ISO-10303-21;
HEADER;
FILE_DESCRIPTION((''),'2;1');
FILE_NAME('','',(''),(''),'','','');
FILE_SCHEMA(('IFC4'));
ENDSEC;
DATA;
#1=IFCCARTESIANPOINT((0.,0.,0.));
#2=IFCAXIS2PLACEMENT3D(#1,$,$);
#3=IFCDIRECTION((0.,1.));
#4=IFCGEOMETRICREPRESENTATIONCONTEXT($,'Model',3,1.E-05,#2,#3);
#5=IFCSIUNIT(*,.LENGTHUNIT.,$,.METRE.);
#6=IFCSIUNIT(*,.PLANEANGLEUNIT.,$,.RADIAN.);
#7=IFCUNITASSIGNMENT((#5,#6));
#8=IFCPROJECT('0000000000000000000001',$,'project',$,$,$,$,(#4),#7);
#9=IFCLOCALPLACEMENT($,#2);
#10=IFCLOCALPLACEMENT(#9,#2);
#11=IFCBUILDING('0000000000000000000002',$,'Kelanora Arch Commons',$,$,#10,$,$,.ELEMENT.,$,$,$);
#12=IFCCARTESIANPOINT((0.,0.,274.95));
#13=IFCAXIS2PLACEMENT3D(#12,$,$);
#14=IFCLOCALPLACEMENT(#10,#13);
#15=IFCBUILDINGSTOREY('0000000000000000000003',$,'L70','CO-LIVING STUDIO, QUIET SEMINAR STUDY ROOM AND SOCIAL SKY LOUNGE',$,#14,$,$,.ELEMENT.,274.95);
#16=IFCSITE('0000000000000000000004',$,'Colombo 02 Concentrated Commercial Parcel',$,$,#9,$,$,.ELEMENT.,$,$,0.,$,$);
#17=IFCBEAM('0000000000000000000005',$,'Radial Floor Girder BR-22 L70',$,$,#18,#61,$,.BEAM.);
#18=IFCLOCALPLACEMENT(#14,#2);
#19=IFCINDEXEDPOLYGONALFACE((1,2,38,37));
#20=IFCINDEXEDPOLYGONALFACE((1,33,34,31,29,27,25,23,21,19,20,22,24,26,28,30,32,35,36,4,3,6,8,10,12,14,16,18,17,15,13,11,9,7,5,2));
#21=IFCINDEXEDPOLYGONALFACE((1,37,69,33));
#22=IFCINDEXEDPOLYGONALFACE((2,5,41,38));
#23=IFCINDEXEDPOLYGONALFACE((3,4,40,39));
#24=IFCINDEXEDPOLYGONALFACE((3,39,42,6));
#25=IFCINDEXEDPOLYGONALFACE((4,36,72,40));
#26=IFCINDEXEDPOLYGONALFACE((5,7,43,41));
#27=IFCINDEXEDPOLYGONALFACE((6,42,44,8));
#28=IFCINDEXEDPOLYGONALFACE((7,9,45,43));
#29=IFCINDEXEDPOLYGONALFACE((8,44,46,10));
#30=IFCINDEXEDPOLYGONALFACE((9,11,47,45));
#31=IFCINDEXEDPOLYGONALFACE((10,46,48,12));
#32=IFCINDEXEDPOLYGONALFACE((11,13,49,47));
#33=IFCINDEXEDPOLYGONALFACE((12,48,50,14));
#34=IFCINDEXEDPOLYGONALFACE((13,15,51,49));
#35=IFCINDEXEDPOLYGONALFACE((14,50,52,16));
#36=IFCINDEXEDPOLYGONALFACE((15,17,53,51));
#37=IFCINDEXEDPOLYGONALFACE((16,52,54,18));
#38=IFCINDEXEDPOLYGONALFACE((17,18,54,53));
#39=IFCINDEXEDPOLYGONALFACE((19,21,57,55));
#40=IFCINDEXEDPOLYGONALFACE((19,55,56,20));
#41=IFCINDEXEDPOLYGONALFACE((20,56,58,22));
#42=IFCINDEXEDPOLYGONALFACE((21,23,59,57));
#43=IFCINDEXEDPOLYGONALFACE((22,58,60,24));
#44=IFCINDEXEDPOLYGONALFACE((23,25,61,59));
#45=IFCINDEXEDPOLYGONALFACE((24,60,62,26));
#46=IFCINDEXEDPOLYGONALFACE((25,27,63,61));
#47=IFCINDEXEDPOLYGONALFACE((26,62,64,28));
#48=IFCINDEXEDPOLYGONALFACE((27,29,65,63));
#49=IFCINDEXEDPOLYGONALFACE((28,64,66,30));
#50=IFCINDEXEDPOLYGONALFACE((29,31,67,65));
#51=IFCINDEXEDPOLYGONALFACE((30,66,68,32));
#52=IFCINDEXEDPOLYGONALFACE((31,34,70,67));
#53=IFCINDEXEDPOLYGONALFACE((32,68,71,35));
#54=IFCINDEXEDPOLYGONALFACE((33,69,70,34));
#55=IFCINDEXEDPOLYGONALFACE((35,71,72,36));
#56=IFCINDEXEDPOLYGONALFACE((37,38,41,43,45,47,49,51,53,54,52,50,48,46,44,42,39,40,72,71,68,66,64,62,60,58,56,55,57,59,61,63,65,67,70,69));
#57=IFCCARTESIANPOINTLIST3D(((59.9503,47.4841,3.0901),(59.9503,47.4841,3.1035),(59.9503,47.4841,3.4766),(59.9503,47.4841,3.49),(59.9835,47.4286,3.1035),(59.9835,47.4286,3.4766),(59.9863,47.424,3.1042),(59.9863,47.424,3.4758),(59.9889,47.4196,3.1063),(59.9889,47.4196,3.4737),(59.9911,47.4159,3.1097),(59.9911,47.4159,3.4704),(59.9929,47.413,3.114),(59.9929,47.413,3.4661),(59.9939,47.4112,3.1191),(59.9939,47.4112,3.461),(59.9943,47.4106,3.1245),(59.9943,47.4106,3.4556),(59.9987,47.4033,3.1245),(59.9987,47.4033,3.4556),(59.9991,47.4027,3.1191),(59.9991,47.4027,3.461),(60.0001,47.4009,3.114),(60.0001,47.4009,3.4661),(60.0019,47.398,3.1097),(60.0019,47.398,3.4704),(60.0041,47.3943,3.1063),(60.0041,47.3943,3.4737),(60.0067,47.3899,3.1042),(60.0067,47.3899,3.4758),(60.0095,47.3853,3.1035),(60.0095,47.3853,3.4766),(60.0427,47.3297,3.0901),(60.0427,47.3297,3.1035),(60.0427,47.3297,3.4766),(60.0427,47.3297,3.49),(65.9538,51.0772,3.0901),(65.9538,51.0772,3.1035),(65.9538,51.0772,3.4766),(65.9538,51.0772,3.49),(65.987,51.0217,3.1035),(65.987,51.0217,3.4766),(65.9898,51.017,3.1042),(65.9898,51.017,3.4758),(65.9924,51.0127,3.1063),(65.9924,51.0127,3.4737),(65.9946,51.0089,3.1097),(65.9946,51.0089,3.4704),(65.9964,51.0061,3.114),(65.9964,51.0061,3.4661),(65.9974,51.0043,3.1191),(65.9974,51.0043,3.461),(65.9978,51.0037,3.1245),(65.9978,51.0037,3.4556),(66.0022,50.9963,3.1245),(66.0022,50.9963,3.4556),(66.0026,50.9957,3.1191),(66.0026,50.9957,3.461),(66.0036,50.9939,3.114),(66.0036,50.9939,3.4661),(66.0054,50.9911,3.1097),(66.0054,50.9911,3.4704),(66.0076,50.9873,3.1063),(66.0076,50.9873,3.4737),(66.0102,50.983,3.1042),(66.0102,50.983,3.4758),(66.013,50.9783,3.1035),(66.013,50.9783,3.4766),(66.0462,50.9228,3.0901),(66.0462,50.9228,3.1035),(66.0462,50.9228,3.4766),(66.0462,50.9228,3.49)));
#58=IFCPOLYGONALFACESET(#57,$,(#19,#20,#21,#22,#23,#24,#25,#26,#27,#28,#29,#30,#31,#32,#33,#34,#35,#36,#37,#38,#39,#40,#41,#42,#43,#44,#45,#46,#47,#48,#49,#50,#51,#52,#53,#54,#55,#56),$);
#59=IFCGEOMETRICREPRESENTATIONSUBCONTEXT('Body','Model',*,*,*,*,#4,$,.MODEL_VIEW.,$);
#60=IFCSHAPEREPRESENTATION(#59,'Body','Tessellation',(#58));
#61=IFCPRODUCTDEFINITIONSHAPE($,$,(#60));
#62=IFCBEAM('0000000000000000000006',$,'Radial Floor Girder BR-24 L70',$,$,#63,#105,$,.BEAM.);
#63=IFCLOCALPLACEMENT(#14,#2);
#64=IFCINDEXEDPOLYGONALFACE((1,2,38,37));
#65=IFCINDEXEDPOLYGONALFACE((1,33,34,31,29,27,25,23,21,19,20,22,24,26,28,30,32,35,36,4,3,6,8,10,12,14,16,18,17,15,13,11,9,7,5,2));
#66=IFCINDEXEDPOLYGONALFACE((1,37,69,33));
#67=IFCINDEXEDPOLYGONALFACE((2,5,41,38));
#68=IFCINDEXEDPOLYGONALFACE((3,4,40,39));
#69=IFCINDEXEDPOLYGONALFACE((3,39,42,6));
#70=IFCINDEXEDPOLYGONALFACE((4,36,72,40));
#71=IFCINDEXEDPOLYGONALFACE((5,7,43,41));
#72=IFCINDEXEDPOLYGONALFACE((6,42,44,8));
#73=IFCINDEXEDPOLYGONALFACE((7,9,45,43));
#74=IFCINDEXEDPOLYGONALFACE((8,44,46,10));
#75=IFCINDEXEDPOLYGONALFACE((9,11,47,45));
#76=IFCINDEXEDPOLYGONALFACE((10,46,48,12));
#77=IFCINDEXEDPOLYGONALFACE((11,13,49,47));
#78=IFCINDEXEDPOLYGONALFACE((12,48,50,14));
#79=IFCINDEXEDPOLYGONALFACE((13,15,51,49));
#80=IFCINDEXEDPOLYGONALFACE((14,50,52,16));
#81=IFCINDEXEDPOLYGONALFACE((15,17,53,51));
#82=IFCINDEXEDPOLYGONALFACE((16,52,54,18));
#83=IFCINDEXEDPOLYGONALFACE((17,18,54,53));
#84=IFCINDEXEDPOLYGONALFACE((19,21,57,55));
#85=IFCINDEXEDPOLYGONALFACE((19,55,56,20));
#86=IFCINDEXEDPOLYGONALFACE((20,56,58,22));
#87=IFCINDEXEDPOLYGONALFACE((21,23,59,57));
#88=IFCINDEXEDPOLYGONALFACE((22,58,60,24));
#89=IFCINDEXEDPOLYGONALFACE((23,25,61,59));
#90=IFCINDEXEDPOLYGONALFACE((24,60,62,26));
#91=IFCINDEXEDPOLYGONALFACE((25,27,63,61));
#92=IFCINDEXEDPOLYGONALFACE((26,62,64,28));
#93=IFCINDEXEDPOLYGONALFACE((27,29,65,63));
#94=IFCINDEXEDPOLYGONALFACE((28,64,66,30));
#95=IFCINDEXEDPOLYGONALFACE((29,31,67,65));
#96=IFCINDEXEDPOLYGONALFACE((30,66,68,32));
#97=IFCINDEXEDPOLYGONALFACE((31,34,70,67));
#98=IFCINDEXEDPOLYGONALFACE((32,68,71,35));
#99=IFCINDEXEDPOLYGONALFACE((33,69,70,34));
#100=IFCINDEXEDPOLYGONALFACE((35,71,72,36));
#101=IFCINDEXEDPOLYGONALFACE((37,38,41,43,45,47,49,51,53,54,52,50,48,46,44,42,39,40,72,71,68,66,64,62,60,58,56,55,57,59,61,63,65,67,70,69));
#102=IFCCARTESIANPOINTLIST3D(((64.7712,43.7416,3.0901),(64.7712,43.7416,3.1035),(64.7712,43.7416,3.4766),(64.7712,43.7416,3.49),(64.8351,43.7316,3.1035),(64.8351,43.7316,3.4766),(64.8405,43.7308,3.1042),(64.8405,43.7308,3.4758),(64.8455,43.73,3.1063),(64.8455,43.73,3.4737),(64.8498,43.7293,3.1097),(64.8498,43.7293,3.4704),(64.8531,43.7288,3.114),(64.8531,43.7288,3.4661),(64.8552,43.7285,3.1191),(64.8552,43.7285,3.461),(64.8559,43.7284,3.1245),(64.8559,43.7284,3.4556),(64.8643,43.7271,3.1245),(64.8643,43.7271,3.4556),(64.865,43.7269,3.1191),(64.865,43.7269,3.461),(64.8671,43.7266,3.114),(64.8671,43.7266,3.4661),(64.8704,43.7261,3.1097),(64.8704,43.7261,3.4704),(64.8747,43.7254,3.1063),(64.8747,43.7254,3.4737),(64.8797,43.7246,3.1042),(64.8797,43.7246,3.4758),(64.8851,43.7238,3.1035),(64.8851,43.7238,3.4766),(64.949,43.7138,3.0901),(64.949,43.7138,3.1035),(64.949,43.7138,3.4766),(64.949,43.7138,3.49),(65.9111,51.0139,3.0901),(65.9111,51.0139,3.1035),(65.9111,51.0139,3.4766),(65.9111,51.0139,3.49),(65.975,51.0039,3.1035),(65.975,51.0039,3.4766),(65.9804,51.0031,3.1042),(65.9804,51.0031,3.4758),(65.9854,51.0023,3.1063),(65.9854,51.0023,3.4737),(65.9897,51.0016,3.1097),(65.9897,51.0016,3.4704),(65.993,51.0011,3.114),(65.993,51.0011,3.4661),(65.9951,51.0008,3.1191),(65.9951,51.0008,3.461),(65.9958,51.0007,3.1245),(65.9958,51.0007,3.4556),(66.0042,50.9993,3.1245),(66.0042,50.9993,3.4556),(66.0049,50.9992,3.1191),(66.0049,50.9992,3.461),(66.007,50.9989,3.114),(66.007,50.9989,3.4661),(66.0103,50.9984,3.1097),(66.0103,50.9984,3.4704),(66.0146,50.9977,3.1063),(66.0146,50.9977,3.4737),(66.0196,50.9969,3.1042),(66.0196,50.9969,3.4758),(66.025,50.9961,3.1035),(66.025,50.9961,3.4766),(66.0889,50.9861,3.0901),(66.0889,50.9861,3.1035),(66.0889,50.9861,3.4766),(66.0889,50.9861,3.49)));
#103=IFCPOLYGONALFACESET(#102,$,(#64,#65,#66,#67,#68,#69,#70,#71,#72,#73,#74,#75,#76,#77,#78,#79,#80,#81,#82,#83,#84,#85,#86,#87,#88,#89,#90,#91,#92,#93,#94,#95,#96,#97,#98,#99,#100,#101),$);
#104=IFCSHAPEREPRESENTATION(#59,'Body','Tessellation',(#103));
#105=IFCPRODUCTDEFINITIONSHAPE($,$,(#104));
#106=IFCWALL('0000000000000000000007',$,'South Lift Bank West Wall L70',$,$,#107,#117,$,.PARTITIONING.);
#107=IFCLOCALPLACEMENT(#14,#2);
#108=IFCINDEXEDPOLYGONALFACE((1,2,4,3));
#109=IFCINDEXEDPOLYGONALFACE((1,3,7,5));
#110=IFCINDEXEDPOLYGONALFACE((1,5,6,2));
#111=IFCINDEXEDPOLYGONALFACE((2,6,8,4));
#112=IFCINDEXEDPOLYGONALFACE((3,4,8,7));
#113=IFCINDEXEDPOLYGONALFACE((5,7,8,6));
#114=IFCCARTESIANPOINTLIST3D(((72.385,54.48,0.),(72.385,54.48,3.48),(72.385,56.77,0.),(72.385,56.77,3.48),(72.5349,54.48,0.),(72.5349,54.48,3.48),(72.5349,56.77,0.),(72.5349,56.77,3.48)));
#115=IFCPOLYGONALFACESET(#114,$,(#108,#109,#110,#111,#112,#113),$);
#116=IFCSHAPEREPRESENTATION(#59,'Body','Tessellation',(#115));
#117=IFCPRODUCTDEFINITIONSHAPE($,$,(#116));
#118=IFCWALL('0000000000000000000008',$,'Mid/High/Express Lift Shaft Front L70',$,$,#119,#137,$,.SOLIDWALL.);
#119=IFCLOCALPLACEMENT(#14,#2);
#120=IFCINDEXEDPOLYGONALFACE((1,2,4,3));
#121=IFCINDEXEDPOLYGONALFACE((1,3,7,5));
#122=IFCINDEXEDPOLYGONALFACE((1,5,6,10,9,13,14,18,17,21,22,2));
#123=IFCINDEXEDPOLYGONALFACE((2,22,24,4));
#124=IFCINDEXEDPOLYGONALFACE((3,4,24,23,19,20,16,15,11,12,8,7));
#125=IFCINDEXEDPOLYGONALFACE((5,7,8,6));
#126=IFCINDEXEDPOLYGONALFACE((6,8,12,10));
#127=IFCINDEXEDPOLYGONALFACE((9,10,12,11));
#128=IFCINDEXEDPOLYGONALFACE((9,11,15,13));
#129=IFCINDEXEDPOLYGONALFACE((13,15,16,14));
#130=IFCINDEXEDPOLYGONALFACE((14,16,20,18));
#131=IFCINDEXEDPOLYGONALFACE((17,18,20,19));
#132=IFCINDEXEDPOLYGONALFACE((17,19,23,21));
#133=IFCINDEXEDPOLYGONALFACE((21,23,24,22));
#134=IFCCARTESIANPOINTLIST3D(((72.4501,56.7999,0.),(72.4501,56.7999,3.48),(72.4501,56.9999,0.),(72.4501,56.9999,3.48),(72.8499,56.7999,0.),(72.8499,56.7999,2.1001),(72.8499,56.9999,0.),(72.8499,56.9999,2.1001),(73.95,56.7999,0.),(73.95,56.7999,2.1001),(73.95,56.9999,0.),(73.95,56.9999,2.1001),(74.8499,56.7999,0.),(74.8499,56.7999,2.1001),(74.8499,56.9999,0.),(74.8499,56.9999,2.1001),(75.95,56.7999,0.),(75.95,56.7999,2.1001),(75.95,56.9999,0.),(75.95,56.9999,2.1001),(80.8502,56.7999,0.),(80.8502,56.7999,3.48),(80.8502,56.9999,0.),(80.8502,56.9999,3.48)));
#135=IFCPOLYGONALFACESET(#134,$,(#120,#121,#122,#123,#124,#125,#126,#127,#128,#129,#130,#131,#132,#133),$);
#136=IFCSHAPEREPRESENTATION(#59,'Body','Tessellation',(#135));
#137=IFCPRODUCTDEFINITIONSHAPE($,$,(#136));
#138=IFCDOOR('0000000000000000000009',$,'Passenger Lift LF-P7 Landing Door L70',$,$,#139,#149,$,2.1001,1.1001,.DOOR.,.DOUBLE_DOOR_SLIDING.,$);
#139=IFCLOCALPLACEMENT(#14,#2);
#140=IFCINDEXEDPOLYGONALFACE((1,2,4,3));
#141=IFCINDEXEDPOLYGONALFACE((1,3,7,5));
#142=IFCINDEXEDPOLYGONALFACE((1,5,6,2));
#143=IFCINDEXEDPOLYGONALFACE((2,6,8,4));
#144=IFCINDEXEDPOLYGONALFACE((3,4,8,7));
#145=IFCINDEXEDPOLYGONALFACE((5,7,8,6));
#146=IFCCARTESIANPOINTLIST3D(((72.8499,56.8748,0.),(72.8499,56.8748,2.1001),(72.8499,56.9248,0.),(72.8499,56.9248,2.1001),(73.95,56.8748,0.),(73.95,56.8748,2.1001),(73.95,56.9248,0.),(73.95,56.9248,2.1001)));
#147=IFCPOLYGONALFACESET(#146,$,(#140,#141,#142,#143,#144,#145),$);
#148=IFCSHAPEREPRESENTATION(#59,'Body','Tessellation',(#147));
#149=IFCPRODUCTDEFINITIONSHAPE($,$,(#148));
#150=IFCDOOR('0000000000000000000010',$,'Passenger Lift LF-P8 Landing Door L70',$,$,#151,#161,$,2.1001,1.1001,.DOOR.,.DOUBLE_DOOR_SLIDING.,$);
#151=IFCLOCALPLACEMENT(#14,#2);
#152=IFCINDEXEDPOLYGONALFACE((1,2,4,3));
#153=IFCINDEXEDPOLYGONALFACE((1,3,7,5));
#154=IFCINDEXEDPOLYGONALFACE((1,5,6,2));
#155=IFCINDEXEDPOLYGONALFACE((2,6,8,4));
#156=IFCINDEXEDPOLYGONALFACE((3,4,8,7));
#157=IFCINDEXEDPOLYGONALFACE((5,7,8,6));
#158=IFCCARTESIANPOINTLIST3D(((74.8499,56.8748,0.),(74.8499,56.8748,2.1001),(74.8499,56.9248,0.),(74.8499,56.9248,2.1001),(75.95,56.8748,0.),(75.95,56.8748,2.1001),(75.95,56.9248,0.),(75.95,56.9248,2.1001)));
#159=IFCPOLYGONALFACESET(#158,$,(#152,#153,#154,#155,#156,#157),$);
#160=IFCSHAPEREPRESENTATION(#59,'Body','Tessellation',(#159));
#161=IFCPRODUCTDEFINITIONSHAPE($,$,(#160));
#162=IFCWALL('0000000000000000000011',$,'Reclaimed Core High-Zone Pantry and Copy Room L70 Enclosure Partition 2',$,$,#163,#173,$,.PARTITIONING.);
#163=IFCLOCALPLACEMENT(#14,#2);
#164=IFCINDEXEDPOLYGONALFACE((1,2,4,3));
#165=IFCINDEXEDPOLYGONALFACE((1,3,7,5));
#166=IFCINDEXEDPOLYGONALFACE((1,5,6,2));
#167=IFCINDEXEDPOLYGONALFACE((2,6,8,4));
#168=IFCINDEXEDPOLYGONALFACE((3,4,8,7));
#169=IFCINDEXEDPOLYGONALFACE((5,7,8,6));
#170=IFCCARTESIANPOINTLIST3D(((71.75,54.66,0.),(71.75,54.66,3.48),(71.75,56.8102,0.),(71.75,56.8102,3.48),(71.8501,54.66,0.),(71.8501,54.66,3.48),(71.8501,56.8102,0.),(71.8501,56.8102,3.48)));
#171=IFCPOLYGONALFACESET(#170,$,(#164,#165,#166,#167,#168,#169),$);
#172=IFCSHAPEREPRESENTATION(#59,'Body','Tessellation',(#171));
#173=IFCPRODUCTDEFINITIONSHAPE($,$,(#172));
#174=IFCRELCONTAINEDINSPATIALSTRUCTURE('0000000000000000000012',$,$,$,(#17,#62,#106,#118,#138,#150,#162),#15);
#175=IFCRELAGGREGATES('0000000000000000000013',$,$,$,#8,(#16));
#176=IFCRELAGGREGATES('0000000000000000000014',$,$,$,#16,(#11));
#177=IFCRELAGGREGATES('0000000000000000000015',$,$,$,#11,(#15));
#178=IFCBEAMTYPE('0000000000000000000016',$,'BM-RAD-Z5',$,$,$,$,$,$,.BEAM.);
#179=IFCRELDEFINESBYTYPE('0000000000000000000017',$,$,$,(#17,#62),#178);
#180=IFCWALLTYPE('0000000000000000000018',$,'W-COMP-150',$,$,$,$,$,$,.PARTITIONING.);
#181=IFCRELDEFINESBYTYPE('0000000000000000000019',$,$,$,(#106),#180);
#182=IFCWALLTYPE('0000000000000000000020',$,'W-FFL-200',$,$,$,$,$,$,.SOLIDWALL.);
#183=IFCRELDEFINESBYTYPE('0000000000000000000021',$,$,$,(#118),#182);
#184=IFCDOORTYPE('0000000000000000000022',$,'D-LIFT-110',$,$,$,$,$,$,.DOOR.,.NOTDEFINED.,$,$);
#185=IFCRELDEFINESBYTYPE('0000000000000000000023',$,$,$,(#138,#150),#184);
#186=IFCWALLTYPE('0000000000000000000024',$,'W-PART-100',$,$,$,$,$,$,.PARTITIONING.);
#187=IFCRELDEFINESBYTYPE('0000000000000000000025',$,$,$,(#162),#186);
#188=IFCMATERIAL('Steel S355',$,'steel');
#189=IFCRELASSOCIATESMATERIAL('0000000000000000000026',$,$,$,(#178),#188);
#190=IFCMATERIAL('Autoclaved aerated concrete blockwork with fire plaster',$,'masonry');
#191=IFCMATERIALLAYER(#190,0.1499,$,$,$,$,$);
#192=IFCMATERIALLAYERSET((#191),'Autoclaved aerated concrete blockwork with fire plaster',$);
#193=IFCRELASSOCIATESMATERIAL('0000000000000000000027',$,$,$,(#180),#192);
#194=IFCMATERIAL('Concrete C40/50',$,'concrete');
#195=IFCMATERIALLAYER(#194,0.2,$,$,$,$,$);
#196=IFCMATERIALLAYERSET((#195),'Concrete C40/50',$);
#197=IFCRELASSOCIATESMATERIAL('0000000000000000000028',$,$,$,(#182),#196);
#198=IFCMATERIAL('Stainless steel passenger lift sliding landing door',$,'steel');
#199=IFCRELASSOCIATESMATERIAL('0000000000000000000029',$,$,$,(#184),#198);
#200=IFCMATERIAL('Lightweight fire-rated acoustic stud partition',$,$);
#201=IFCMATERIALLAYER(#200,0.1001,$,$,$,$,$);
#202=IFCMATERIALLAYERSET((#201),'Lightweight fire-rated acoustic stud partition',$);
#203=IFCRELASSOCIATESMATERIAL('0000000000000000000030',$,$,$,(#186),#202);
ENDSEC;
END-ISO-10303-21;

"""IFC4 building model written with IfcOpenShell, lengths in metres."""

from ifc_helpers import new_model, si_unit, direction, frame, frame_2d, origin, origin_2d, place, context, subcontext, project, spatial, rectangle, i_section, extrude, material, layer, layer_set, material_profile, profile_set, type_object, element, fill, save


model = new_model("IFC4")

# Units and contexts
model_context = context("Model", 3, precision=1e-05, world=origin(), true_north=direction((0.0, 1.0)))
body_context = subcontext(model_context, "Body", "Model", "MODEL_VIEW")
ifc_project = project(units=[si_unit("LENGTHUNIT", "METRE"), si_unit("PLANEANGLEUNIT", "RADIAN")], contexts=[model_context])

# Site, building, storey
site_placement = place(None, origin())
site = spatial("IfcSite", under=ifc_project, at=site_placement, Name="Colombo 02 Concentrated Commercial Parcel", CompositionType="ELEMENT", RefElevation=0.0)
building_placement = place(site_placement, origin())
building = spatial("IfcBuilding", under=site, at=building_placement, Name="Kelanora Arch Commons", CompositionType="ELEMENT")
storey_placement = place(building_placement, frame((0.0, 0.0, 274.95)))
storey = spatial("IfcBuildingStorey", under=building, at=storey_placement, Name="L70", Description="CO-LIVING STUDIO, QUIET SEMINAR STUDY ROOM AND SOCIAL SKY LOUNGE", CompositionType="ELEMENT", Elevation=274.95)

# Beams
ifc_material_1 = material(Name="Steel S355", Category="steel")
ifc_material_profile_1 = material_profile(ifc_material_1, i_section(OverallWidth=0.1799, OverallDepth=0.3999, WebThickness=0.0085, FlangeThickness=0.0134, FilletRadius=0.021, at=origin_2d()), Name="IPE400")
ifc_profile_set_1 = profile_set([ifc_material_profile_1], Name="Steel S355")
beam_type_1 = type_object("IfcBeamType", Name="BM-RAD-Z5", PredefinedType="BEAM", material=ifc_profile_set_1)
beam_1_placement = place(storey_placement, frame((66.0, 51.0, 3.29), z_axis=(-0.858062, -0.513546, 0.0), x_axis=(0.513546, -0.858062, 0.0)))
element("IfcBeam", 1, at=beam_1_placement, inside=storey, type_object=beam_type_1, Name="Radial Floor Girder BR-22 L70", PredefinedType="BEAM", context=body_context, shape_type="SweptSolid", body=[
    extrude(i_section(OverallWidth=0.1799, OverallDepth=0.3999, WebThickness=0.0085, FlangeThickness=0.0134, FilletRadius=0.021, at=origin_2d()), origin(), (0.0, 0.0, 1.0), 6.9966),
])
beam_2_placement = place(storey_placement, frame((66.0, 51.0, 3.29), z_axis=(-0.154855, -0.987937, 0.0), x_axis=(0.987937, -0.154855, 0.0)))
element("IfcBeam", 2, at=beam_2_placement, inside=storey, type_object=beam_type_1, Name="Radial Floor Girder BR-24 L70", PredefinedType="BEAM", context=body_context, shape_type="SweptSolid", body=[
    extrude(i_section(OverallWidth=0.1799, OverallDepth=0.3999, WebThickness=0.0085, FlangeThickness=0.0134, FilletRadius=0.021, at=origin_2d()), origin(), (0.0, 0.0, 1.0), 7.3611),
])

# Wall
ifc_material_2 = material(Name="Autoclaved aerated concrete blockwork with fire plaster", Category="masonry")
ifc_layer_1 = layer(ifc_material_2, 0.1499)
ifc_layer_set_1 = layer_set([ifc_layer_1], Name="Autoclaved aerated concrete blockwork with fire plaster")
wall_type_1 = type_object("IfcWallType", Name="W-COMP-150", PredefinedType="PARTITIONING", material=ifc_layer_set_1)
wall_1_placement = place(storey_placement, frame((72.46, 54.48, 0.0), z_axis=(0.0, 0.0, 1.0), x_axis=(0.0, 1.0, 0.0)))
element("IfcWall", 3, at=wall_1_placement, inside=storey, type_object=wall_type_1, Name="South Lift Bank West Wall L70", PredefinedType="PARTITIONING", context=body_context, shape_type="SweptSolid", body=[
    extrude(rectangle(XDim=2.29, YDim=0.1499, at=frame_2d((1.145, 0.0))), origin(), (0.0, 0.0, 1.0), 3.48),
])

# Wall, openings, doors
ifc_material_3 = material(Name="Concrete C40/50", Category="concrete")
ifc_layer_2 = layer(ifc_material_3, 0.2)
ifc_layer_set_2 = layer_set([ifc_layer_2], Name="Concrete C40/50")
wall_type_2 = type_object("IfcWallType", Name="W-FFL-200", PredefinedType="SOLIDWALL", material=ifc_layer_set_2)
wall_2_placement = place(storey_placement, frame((72.45, 56.8999, 0.0), z_axis=(0.0, 0.0, 1.0), x_axis=(1.0, 0.0, 0.0)))
wall_2 = element("IfcWall", 4, at=wall_2_placement, inside=storey, type_object=wall_type_2, Name="Mid/High/Express Lift Shaft Front L70", PredefinedType="SOLIDWALL", context=body_context, shape_type="SweptSolid", body=[
    extrude(rectangle(XDim=8.4001, YDim=0.2, at=frame_2d((4.2002, 0.0))), origin(), (0.0, 0.0, 1.0), 3.48),
])
opening_1_placement = place(wall_2_placement, frame((0.3999, 0.0, 0.0)))
opening_1 = element("IfcOpeningElement", 5, at=opening_1_placement, cuts=wall_2, PredefinedType="OPENING", context=body_context, shape_type="SweptSolid", body=[
    extrude(rectangle(XDim=1.1001, YDim=2.1001, at=frame_2d((0.55, 1.05))), frame((0.0, 0.1099, 0.0), z_axis=(0.0, -1.0, 0.0), x_axis=(1.0, 0.0, 0.0)), (0.0, 0.0, 1.0), 0.22),
])
opening_2_placement = place(wall_2_placement, frame((2.3999, 0.0, 0.0)))
opening_2 = element("IfcOpeningElement", 6, at=opening_2_placement, cuts=wall_2, PredefinedType="OPENING", context=body_context, shape_type="SweptSolid", body=[
    extrude(rectangle(XDim=1.1001, YDim=2.1001, at=frame_2d((0.55, 1.05))), frame((0.0, 0.1099, 0.0), z_axis=(0.0, -1.0, 0.0), x_axis=(1.0, 0.0, 0.0)), (0.0, 0.0, 1.0), 0.22),
])
ifc_material_4 = material(Name="Stainless steel passenger lift sliding landing door", Category="steel")
door_type_1 = type_object("IfcDoorType", Name="D-LIFT-110", OperationType="NOTDEFINED", PredefinedType="DOOR", material=ifc_material_4)
door_1_placement = place(opening_1_placement, origin())
door_1 = element("IfcDoor", 7, at=door_1_placement, inside=storey, type_object=door_type_1, Name="Passenger Lift LF-P7 Landing Door L70", OperationType="DOUBLE_DOOR_SLIDING", OverallHeight=2.1001, OverallWidth=1.1001, PredefinedType="DOOR", context=body_context, shape_type="SweptSolid", body=[
    extrude(rectangle(XDim=1.1001, YDim=2.1001, at=frame_2d((0.55, 1.05))), frame((0.0, 0.0249, 0.0), z_axis=(0.0, -1.0, 0.0), x_axis=(1.0, 0.0, 0.0)), (0.0, 0.0, 1.0), 0.05),
])
fill(opening_1, door_1)
door_2_placement = place(opening_2_placement, origin())
door_2 = element("IfcDoor", 8, at=door_2_placement, inside=storey, type_object=door_type_1, Name="Passenger Lift LF-P8 Landing Door L70", OperationType="DOUBLE_DOOR_SLIDING", OverallHeight=2.1001, OverallWidth=1.1001, PredefinedType="DOOR", context=body_context, shape_type="SweptSolid", body=[
    extrude(rectangle(XDim=1.1001, YDim=2.1001, at=frame_2d((0.55, 1.05))), frame((0.0, 0.0249, 0.0), z_axis=(0.0, -1.0, 0.0), x_axis=(1.0, 0.0, 0.0)), (0.0, 0.0, 1.0), 0.05),
])
fill(opening_2, door_2)

# Wall
ifc_material_5 = material(Name="Lightweight fire-rated acoustic stud partition")
ifc_layer_3 = layer(ifc_material_5, 0.1001)
ifc_layer_set_3 = layer_set([ifc_layer_3], Name="Lightweight fire-rated acoustic stud partition")
wall_type_3 = type_object("IfcWallType", Name="W-PART-100", PredefinedType="PARTITIONING", material=ifc_layer_set_3)
wall_3_placement = place(storey_placement, frame((71.8, 54.6599, 0.0), z_axis=(0.0, 0.0, 1.0), x_axis=(0.0, 1.0, 0.0)))
element("IfcWall", 9, at=wall_3_placement, inside=storey, type_object=wall_type_3, Name="Reclaimed Core High-Zone Pantry and Copy Room L70 Enclosure Partition 2", PredefinedType="PARTITIONING", context=body_context, shape_type="SweptSolid", body=[
    extrude(rectangle(XDim=2.1501, YDim=0.1001, at=frame_2d((1.0752, 0.0))), origin(), (0.0, 0.0, 1.0), 3.48),
])

save(model, "model.ifc")
